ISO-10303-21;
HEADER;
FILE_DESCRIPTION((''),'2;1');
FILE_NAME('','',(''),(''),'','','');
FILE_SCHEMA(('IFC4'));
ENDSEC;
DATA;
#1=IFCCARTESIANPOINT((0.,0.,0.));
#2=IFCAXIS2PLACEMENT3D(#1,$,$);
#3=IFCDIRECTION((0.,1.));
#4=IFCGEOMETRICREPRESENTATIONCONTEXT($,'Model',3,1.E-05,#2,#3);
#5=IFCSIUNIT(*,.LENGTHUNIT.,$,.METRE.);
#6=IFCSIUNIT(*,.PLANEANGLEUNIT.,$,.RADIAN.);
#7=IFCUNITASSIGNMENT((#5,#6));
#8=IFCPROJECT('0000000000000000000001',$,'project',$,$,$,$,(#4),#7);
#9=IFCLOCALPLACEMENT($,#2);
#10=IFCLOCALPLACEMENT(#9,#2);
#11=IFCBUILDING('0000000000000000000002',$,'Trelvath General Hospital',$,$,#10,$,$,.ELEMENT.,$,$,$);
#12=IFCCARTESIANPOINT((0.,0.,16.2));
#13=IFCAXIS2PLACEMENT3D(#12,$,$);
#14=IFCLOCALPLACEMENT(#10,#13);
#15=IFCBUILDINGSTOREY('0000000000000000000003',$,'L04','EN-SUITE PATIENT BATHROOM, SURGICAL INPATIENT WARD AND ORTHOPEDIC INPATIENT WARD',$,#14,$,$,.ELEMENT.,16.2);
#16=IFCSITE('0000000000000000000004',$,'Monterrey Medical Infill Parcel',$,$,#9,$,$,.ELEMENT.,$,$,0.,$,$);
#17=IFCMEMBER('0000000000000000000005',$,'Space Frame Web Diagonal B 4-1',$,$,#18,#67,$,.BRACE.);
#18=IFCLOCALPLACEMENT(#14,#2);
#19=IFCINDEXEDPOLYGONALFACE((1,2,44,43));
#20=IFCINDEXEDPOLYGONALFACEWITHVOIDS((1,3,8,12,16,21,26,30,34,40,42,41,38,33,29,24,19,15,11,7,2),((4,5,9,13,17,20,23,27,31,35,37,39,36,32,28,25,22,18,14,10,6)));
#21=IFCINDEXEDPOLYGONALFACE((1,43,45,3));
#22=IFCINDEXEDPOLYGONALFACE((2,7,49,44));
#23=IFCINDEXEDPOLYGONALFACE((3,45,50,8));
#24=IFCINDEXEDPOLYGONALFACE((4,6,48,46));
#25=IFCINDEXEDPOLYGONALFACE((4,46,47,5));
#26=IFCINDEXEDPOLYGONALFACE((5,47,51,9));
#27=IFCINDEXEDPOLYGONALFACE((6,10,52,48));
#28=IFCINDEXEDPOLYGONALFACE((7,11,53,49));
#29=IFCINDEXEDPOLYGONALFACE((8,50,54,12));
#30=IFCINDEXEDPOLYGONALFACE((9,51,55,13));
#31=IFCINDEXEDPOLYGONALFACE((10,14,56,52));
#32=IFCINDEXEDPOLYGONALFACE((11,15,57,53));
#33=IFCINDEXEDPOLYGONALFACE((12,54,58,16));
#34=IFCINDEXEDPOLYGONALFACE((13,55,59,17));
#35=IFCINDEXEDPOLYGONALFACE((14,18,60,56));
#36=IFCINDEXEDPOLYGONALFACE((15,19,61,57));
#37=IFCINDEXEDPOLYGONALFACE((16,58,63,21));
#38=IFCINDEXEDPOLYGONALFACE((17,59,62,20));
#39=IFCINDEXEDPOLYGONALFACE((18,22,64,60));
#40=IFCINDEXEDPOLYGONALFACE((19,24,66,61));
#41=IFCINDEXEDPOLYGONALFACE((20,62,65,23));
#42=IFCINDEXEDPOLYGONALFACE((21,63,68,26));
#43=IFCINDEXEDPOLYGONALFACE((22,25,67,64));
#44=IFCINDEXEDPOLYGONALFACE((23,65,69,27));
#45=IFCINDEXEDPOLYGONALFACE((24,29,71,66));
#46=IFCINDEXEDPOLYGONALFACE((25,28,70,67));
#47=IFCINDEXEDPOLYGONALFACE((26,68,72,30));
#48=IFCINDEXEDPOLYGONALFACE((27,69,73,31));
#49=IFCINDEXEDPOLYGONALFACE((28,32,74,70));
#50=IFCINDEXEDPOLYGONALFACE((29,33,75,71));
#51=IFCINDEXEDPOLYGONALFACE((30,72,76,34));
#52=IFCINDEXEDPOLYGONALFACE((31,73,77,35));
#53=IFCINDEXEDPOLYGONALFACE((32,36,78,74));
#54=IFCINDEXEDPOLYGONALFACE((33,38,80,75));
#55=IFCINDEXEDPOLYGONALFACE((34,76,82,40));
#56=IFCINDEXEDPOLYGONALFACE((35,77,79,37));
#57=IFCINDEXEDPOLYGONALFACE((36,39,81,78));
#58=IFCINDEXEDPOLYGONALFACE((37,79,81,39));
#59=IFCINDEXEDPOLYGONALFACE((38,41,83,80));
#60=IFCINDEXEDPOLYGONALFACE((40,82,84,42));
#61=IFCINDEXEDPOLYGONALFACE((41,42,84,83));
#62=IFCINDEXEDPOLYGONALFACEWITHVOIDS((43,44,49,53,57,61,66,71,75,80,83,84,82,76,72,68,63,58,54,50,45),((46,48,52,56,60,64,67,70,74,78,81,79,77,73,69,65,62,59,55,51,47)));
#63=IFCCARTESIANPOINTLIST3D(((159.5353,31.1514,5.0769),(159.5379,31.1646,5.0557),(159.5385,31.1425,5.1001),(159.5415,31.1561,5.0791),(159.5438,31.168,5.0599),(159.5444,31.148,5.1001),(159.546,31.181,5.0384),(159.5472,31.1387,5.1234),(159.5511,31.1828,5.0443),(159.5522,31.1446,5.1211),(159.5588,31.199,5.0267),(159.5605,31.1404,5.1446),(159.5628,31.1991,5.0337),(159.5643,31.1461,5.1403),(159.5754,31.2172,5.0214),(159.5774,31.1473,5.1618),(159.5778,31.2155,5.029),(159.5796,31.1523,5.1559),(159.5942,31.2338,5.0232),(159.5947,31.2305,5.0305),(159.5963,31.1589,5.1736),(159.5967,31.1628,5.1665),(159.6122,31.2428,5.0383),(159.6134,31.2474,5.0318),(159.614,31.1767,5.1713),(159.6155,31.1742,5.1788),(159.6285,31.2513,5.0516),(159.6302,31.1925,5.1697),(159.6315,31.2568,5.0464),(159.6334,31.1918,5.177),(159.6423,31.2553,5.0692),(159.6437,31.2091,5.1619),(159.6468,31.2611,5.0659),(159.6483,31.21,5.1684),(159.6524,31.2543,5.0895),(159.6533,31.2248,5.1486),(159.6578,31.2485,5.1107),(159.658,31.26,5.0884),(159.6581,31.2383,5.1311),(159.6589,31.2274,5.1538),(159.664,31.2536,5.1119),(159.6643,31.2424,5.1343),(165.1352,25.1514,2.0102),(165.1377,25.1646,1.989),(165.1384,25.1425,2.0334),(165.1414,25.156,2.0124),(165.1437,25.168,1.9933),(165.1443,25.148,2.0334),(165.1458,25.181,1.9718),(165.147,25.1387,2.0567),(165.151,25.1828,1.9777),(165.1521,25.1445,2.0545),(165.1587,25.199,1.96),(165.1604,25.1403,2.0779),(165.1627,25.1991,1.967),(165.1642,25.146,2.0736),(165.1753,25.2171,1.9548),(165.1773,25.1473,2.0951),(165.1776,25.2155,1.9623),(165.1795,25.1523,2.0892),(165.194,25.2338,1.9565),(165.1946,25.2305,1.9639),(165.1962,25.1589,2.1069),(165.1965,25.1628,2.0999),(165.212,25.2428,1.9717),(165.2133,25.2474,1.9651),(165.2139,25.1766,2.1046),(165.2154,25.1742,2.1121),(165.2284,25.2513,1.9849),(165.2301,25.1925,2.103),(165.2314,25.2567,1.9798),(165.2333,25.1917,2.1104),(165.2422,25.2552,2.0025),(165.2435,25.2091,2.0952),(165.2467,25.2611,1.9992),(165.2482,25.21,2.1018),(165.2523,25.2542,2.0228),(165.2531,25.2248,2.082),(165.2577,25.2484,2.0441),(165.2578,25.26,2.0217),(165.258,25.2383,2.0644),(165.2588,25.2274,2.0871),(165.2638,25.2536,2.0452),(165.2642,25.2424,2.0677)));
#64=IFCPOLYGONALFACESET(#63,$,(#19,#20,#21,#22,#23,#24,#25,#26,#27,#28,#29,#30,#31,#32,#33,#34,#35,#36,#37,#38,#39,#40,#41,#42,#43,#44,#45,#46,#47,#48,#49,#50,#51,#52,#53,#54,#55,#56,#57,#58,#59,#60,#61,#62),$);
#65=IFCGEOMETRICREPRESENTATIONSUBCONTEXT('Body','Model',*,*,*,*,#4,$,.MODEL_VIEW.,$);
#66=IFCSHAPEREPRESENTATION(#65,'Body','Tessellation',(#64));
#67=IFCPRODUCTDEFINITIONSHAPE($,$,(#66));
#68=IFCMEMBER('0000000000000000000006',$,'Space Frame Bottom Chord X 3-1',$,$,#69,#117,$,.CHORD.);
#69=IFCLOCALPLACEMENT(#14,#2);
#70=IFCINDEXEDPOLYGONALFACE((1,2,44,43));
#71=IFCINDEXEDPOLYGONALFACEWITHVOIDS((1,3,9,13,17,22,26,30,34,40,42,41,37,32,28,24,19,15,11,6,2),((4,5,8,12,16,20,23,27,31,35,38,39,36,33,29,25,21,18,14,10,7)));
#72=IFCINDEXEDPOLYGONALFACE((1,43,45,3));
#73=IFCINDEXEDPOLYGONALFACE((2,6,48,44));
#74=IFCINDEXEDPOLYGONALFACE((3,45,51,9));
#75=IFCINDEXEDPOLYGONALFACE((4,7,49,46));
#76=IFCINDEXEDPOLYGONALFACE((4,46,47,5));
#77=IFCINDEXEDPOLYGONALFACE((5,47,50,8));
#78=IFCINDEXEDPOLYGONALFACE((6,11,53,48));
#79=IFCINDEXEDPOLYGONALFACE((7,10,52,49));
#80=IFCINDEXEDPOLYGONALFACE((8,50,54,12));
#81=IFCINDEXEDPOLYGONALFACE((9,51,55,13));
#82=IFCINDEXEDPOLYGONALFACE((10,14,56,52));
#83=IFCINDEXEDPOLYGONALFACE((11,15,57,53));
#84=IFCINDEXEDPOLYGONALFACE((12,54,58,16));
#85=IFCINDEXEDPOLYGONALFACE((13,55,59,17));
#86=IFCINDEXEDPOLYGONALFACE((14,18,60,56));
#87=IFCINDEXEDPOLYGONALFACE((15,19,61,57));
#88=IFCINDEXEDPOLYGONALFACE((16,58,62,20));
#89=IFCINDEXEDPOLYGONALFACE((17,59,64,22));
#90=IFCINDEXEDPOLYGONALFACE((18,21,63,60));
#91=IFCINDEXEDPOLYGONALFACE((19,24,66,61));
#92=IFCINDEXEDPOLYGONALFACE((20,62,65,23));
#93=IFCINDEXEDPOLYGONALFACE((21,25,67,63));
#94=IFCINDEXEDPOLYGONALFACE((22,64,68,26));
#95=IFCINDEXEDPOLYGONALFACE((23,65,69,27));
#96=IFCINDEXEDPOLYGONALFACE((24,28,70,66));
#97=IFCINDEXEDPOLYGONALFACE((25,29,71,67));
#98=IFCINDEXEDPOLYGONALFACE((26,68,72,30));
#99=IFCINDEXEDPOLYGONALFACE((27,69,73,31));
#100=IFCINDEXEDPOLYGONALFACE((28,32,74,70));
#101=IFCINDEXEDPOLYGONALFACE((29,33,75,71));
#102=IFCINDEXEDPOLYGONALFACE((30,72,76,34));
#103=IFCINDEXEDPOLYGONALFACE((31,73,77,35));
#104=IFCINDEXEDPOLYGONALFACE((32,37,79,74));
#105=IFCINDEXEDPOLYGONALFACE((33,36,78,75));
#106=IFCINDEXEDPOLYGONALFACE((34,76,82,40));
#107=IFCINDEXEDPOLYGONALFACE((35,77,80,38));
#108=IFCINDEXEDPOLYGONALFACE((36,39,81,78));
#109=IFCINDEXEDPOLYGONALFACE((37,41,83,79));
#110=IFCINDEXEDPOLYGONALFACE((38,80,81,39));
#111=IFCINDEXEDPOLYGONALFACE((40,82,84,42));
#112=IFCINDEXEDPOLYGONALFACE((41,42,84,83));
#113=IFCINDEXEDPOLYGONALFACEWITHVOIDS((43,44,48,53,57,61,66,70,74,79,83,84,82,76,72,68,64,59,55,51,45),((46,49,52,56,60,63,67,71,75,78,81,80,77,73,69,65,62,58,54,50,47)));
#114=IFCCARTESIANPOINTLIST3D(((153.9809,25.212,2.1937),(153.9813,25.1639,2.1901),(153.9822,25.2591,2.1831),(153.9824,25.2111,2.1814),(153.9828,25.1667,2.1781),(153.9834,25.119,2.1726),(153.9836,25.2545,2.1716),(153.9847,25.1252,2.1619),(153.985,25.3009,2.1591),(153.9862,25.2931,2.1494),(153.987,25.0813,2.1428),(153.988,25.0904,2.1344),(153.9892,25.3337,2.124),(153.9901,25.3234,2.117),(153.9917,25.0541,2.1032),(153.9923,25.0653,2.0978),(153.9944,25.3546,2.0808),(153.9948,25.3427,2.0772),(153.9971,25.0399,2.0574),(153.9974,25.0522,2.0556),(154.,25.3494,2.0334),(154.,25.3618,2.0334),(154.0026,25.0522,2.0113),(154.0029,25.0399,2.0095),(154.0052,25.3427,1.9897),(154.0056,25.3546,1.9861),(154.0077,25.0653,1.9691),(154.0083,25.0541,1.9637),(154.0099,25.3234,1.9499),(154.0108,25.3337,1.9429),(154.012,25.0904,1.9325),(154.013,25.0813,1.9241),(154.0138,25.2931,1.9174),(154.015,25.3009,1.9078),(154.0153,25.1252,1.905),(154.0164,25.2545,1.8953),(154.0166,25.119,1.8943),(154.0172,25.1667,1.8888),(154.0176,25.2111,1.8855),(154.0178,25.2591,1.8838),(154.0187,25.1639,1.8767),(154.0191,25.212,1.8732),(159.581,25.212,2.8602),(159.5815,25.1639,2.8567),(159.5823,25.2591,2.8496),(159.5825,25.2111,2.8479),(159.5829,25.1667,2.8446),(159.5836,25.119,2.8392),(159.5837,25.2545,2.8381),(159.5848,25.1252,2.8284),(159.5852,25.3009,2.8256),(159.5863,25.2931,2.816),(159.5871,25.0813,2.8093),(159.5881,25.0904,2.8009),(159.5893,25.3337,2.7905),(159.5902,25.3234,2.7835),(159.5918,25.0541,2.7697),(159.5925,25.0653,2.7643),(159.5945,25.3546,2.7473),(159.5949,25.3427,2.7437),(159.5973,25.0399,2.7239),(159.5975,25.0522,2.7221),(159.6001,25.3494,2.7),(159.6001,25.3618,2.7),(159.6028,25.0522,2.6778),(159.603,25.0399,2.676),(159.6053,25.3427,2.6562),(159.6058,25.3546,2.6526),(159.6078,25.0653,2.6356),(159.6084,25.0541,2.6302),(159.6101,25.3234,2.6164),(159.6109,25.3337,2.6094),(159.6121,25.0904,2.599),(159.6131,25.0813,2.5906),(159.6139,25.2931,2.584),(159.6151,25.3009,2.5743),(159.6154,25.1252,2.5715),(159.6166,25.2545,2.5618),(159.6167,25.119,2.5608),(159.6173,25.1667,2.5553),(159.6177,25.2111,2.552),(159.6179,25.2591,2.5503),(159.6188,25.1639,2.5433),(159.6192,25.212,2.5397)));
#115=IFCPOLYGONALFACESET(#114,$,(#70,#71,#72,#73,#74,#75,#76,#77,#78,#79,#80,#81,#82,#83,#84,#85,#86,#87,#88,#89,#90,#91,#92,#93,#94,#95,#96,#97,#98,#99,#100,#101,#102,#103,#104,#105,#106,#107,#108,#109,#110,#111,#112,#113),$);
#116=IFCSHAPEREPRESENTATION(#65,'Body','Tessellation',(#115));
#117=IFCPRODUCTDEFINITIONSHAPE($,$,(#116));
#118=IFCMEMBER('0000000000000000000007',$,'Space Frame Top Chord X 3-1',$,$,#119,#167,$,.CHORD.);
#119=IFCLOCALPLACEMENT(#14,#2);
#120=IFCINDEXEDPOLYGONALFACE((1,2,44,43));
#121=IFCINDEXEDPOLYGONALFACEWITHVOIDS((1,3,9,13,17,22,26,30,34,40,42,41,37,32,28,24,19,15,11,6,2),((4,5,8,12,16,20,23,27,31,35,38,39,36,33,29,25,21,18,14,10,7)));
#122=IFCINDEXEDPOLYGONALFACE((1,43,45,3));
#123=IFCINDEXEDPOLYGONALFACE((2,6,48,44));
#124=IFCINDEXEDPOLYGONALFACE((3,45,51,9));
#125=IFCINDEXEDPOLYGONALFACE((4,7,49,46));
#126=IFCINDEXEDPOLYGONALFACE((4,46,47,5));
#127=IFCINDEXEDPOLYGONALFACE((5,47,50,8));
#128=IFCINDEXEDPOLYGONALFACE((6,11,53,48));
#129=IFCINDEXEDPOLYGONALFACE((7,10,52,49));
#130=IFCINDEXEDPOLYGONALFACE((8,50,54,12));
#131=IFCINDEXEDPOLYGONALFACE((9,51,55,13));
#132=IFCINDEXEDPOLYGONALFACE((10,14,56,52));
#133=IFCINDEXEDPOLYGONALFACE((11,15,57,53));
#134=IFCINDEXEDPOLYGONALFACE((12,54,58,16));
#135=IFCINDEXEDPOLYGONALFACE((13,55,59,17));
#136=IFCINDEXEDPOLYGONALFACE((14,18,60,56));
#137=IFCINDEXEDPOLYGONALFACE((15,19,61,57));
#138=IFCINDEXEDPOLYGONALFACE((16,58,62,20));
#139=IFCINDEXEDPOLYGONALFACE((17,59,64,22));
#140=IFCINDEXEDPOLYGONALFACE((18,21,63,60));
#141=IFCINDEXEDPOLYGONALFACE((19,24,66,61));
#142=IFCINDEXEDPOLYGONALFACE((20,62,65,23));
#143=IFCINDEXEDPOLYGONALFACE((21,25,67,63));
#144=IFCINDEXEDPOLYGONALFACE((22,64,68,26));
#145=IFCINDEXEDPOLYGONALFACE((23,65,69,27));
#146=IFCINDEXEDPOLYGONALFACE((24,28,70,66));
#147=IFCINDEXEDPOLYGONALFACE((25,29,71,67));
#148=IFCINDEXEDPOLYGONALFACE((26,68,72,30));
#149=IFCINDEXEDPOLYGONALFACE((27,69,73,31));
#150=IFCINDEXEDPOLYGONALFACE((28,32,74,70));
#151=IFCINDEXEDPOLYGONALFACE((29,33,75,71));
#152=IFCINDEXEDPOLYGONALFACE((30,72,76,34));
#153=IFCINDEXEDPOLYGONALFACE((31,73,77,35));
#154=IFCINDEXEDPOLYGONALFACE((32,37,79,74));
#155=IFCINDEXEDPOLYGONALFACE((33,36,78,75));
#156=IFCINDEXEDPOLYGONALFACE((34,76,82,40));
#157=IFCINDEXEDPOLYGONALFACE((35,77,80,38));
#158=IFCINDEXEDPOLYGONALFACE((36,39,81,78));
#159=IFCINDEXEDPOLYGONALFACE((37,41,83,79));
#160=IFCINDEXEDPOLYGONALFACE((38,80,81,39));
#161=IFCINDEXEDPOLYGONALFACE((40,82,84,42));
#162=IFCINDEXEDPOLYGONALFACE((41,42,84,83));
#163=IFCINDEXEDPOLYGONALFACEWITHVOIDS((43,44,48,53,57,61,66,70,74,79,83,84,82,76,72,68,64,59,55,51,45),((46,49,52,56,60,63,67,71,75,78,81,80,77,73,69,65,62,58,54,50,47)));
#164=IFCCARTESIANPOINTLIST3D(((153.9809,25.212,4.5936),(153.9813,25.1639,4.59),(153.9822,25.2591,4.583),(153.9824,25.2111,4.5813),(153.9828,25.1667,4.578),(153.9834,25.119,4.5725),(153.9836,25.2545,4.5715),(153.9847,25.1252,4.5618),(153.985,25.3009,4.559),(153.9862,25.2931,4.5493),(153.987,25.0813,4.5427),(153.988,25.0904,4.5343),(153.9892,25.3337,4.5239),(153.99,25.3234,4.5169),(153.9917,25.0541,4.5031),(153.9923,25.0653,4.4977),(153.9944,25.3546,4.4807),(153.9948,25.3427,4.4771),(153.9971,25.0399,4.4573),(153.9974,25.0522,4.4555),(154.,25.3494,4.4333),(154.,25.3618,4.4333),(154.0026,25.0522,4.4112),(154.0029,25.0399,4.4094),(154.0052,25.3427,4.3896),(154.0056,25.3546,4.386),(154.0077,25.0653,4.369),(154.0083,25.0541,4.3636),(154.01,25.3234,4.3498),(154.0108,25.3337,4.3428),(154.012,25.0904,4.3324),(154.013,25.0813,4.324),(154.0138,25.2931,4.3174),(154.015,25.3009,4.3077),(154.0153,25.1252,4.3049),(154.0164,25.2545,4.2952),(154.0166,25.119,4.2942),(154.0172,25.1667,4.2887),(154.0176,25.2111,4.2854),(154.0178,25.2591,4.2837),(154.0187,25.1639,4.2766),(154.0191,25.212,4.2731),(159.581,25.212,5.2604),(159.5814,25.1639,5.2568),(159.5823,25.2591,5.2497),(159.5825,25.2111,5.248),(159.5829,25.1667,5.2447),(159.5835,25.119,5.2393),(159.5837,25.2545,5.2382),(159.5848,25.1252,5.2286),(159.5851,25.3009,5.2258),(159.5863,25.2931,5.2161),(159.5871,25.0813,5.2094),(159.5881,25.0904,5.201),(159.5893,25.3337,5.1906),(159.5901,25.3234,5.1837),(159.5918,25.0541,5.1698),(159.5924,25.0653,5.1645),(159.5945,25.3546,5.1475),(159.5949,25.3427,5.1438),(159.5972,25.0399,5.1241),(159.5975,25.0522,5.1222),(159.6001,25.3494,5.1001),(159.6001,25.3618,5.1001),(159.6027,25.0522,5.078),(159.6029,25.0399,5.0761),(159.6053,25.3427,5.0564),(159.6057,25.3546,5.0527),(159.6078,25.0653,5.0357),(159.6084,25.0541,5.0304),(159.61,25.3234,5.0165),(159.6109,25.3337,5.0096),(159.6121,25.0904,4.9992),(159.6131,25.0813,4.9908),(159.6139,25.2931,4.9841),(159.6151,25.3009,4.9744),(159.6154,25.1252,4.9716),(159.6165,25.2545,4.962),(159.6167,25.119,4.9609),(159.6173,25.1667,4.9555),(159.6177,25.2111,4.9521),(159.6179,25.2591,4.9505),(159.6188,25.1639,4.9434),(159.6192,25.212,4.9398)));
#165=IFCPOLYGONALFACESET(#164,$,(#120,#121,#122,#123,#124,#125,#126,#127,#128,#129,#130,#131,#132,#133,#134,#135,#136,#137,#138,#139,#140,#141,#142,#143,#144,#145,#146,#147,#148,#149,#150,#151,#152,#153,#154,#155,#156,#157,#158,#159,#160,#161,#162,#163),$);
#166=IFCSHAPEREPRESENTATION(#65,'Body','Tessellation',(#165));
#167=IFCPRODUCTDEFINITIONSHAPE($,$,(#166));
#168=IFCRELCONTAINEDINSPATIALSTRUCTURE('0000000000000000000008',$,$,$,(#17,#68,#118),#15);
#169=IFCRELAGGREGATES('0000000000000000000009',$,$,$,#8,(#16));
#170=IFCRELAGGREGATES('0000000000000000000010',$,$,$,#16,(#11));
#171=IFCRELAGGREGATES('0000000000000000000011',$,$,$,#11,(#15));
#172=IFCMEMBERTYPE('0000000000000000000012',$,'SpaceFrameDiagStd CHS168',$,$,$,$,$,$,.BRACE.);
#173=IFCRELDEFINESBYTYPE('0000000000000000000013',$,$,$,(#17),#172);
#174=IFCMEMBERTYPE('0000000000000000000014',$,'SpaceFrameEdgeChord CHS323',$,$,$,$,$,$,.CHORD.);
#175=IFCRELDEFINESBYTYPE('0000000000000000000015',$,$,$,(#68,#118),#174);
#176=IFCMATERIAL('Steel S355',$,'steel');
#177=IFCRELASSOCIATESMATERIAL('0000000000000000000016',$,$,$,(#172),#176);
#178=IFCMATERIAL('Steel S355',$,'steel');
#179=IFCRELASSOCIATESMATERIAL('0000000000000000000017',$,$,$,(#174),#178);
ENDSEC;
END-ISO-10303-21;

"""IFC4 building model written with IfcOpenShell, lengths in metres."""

from ifc_helpers import new_model, si_unit, direction, frame, origin, origin_2d, place, context, subcontext, project, spatial, hollow_circle, extrude, material, material_profile, profile_set, type_object, element, save


model = new_model("IFC4")

# Units and contexts
model_context = context("Model", 3, precision=1e-05, world=origin(), true_north=direction((0.0, 1.0)))
body_context = subcontext(model_context, "Body", "Model", "MODEL_VIEW")
ifc_project = project(units=[si_unit("LENGTHUNIT", "METRE"), si_unit("PLANEANGLEUNIT", "RADIAN")], contexts=[model_context])

# Site, building, storey
site_placement = place(None, origin())
site = spatial("IfcSite", under=ifc_project, at=site_placement, Name="Monterrey Medical Infill Parcel", CompositionType="ELEMENT", RefElevation=0.0)
building_placement = place(site_placement, origin())
building = spatial("IfcBuilding", under=site, at=building_placement, Name="Trelvath General Hospital", CompositionType="ELEMENT")
storey_placement = place(building_placement, frame((0.0, 0.0, 16.2)))
storey = spatial("IfcBuildingStorey", under=building, at=storey_placement, Name="L04", Description="EN-SUITE PATIENT BATHROOM, SURGICAL INPATIENT WARD AND ORTHOPEDIC INPATIENT WARD", CompositionType="ELEMENT", Elevation=16.2)

# Members
ifc_material_1 = material(Name="Steel S355", Category="steel")
ifc_material_profile_1 = material_profile(ifc_material_1, hollow_circle(Radius=0.0842, WallThickness=0.0081, at=origin_2d()), Name="CHS168.3x8.0")
ifc_profile_set_1 = profile_set([ifc_material_profile_1], Name="Steel S355")
member_type_1 = type_object("IfcMemberType", Name="SpaceFrameDiagStd CHS168", PredefinedType="BRACE", material=ifc_profile_set_1)
member_1_placement = place(storey_placement, frame((165.2, 25.2, 2.0334), z_axis=(-0.639148, 0.684819, 0.350017), x_axis=(-0.731064, -0.682309, 0.0)))
element("IfcMember", 1, at=member_1_placement, inside=storey, type_object=member_type_1, Name="Space Frame Web Diagonal B 4-1", PredefinedType="BRACE", context=body_context, shape_type="SweptSolid", body=[
    extrude(hollow_circle(Radius=0.0842, WallThickness=0.0081, at=origin_2d()), origin(), (0.0, 0.0, 1.0), 8.7615),
])
ifc_material_2 = material(Name="Steel S355", Category="steel")
ifc_material_profile_2 = material_profile(ifc_material_2, hollow_circle(Radius=0.1619, WallThickness=0.0125, at=origin_2d()), Name="CHS323.9x12.5")
ifc_profile_set_2 = profile_set([ifc_material_profile_2], Name="Steel S355")
member_type_2 = type_object("IfcMemberType", Name="SpaceFrameEdgeChord CHS323", PredefinedType="CHORD", material=ifc_profile_set_2)
for number, where, z_axis, x_axis, name in (
    (2, (154.0, 25.2, 2.0334), (0.992992, 0.0, 0.118182), (0.0, 1.0, 0.0), "Space Frame Bottom Chord X 3-1"),
    (3, (154.0, 25.2, 4.4333), (0.992987, 0.0, 0.118225), (0.0, 1.0, 0.0), "Space Frame Top Chord X 3-1"),
):
    element("IfcMember", number, at=place(storey_placement, frame(where, z_axis=z_axis, x_axis=x_axis)), inside=storey, type_object=member_type_2, Name=name, PredefinedType="CHORD", context=body_context, shape_type="SweptSolid", body=[
        extrude(hollow_circle(Radius=0.1619, WallThickness=0.0125, at=origin_2d()), origin(), (0.0, 0.0, 1.0), 5.6396),
    ])

save(model, "model.ifc")
